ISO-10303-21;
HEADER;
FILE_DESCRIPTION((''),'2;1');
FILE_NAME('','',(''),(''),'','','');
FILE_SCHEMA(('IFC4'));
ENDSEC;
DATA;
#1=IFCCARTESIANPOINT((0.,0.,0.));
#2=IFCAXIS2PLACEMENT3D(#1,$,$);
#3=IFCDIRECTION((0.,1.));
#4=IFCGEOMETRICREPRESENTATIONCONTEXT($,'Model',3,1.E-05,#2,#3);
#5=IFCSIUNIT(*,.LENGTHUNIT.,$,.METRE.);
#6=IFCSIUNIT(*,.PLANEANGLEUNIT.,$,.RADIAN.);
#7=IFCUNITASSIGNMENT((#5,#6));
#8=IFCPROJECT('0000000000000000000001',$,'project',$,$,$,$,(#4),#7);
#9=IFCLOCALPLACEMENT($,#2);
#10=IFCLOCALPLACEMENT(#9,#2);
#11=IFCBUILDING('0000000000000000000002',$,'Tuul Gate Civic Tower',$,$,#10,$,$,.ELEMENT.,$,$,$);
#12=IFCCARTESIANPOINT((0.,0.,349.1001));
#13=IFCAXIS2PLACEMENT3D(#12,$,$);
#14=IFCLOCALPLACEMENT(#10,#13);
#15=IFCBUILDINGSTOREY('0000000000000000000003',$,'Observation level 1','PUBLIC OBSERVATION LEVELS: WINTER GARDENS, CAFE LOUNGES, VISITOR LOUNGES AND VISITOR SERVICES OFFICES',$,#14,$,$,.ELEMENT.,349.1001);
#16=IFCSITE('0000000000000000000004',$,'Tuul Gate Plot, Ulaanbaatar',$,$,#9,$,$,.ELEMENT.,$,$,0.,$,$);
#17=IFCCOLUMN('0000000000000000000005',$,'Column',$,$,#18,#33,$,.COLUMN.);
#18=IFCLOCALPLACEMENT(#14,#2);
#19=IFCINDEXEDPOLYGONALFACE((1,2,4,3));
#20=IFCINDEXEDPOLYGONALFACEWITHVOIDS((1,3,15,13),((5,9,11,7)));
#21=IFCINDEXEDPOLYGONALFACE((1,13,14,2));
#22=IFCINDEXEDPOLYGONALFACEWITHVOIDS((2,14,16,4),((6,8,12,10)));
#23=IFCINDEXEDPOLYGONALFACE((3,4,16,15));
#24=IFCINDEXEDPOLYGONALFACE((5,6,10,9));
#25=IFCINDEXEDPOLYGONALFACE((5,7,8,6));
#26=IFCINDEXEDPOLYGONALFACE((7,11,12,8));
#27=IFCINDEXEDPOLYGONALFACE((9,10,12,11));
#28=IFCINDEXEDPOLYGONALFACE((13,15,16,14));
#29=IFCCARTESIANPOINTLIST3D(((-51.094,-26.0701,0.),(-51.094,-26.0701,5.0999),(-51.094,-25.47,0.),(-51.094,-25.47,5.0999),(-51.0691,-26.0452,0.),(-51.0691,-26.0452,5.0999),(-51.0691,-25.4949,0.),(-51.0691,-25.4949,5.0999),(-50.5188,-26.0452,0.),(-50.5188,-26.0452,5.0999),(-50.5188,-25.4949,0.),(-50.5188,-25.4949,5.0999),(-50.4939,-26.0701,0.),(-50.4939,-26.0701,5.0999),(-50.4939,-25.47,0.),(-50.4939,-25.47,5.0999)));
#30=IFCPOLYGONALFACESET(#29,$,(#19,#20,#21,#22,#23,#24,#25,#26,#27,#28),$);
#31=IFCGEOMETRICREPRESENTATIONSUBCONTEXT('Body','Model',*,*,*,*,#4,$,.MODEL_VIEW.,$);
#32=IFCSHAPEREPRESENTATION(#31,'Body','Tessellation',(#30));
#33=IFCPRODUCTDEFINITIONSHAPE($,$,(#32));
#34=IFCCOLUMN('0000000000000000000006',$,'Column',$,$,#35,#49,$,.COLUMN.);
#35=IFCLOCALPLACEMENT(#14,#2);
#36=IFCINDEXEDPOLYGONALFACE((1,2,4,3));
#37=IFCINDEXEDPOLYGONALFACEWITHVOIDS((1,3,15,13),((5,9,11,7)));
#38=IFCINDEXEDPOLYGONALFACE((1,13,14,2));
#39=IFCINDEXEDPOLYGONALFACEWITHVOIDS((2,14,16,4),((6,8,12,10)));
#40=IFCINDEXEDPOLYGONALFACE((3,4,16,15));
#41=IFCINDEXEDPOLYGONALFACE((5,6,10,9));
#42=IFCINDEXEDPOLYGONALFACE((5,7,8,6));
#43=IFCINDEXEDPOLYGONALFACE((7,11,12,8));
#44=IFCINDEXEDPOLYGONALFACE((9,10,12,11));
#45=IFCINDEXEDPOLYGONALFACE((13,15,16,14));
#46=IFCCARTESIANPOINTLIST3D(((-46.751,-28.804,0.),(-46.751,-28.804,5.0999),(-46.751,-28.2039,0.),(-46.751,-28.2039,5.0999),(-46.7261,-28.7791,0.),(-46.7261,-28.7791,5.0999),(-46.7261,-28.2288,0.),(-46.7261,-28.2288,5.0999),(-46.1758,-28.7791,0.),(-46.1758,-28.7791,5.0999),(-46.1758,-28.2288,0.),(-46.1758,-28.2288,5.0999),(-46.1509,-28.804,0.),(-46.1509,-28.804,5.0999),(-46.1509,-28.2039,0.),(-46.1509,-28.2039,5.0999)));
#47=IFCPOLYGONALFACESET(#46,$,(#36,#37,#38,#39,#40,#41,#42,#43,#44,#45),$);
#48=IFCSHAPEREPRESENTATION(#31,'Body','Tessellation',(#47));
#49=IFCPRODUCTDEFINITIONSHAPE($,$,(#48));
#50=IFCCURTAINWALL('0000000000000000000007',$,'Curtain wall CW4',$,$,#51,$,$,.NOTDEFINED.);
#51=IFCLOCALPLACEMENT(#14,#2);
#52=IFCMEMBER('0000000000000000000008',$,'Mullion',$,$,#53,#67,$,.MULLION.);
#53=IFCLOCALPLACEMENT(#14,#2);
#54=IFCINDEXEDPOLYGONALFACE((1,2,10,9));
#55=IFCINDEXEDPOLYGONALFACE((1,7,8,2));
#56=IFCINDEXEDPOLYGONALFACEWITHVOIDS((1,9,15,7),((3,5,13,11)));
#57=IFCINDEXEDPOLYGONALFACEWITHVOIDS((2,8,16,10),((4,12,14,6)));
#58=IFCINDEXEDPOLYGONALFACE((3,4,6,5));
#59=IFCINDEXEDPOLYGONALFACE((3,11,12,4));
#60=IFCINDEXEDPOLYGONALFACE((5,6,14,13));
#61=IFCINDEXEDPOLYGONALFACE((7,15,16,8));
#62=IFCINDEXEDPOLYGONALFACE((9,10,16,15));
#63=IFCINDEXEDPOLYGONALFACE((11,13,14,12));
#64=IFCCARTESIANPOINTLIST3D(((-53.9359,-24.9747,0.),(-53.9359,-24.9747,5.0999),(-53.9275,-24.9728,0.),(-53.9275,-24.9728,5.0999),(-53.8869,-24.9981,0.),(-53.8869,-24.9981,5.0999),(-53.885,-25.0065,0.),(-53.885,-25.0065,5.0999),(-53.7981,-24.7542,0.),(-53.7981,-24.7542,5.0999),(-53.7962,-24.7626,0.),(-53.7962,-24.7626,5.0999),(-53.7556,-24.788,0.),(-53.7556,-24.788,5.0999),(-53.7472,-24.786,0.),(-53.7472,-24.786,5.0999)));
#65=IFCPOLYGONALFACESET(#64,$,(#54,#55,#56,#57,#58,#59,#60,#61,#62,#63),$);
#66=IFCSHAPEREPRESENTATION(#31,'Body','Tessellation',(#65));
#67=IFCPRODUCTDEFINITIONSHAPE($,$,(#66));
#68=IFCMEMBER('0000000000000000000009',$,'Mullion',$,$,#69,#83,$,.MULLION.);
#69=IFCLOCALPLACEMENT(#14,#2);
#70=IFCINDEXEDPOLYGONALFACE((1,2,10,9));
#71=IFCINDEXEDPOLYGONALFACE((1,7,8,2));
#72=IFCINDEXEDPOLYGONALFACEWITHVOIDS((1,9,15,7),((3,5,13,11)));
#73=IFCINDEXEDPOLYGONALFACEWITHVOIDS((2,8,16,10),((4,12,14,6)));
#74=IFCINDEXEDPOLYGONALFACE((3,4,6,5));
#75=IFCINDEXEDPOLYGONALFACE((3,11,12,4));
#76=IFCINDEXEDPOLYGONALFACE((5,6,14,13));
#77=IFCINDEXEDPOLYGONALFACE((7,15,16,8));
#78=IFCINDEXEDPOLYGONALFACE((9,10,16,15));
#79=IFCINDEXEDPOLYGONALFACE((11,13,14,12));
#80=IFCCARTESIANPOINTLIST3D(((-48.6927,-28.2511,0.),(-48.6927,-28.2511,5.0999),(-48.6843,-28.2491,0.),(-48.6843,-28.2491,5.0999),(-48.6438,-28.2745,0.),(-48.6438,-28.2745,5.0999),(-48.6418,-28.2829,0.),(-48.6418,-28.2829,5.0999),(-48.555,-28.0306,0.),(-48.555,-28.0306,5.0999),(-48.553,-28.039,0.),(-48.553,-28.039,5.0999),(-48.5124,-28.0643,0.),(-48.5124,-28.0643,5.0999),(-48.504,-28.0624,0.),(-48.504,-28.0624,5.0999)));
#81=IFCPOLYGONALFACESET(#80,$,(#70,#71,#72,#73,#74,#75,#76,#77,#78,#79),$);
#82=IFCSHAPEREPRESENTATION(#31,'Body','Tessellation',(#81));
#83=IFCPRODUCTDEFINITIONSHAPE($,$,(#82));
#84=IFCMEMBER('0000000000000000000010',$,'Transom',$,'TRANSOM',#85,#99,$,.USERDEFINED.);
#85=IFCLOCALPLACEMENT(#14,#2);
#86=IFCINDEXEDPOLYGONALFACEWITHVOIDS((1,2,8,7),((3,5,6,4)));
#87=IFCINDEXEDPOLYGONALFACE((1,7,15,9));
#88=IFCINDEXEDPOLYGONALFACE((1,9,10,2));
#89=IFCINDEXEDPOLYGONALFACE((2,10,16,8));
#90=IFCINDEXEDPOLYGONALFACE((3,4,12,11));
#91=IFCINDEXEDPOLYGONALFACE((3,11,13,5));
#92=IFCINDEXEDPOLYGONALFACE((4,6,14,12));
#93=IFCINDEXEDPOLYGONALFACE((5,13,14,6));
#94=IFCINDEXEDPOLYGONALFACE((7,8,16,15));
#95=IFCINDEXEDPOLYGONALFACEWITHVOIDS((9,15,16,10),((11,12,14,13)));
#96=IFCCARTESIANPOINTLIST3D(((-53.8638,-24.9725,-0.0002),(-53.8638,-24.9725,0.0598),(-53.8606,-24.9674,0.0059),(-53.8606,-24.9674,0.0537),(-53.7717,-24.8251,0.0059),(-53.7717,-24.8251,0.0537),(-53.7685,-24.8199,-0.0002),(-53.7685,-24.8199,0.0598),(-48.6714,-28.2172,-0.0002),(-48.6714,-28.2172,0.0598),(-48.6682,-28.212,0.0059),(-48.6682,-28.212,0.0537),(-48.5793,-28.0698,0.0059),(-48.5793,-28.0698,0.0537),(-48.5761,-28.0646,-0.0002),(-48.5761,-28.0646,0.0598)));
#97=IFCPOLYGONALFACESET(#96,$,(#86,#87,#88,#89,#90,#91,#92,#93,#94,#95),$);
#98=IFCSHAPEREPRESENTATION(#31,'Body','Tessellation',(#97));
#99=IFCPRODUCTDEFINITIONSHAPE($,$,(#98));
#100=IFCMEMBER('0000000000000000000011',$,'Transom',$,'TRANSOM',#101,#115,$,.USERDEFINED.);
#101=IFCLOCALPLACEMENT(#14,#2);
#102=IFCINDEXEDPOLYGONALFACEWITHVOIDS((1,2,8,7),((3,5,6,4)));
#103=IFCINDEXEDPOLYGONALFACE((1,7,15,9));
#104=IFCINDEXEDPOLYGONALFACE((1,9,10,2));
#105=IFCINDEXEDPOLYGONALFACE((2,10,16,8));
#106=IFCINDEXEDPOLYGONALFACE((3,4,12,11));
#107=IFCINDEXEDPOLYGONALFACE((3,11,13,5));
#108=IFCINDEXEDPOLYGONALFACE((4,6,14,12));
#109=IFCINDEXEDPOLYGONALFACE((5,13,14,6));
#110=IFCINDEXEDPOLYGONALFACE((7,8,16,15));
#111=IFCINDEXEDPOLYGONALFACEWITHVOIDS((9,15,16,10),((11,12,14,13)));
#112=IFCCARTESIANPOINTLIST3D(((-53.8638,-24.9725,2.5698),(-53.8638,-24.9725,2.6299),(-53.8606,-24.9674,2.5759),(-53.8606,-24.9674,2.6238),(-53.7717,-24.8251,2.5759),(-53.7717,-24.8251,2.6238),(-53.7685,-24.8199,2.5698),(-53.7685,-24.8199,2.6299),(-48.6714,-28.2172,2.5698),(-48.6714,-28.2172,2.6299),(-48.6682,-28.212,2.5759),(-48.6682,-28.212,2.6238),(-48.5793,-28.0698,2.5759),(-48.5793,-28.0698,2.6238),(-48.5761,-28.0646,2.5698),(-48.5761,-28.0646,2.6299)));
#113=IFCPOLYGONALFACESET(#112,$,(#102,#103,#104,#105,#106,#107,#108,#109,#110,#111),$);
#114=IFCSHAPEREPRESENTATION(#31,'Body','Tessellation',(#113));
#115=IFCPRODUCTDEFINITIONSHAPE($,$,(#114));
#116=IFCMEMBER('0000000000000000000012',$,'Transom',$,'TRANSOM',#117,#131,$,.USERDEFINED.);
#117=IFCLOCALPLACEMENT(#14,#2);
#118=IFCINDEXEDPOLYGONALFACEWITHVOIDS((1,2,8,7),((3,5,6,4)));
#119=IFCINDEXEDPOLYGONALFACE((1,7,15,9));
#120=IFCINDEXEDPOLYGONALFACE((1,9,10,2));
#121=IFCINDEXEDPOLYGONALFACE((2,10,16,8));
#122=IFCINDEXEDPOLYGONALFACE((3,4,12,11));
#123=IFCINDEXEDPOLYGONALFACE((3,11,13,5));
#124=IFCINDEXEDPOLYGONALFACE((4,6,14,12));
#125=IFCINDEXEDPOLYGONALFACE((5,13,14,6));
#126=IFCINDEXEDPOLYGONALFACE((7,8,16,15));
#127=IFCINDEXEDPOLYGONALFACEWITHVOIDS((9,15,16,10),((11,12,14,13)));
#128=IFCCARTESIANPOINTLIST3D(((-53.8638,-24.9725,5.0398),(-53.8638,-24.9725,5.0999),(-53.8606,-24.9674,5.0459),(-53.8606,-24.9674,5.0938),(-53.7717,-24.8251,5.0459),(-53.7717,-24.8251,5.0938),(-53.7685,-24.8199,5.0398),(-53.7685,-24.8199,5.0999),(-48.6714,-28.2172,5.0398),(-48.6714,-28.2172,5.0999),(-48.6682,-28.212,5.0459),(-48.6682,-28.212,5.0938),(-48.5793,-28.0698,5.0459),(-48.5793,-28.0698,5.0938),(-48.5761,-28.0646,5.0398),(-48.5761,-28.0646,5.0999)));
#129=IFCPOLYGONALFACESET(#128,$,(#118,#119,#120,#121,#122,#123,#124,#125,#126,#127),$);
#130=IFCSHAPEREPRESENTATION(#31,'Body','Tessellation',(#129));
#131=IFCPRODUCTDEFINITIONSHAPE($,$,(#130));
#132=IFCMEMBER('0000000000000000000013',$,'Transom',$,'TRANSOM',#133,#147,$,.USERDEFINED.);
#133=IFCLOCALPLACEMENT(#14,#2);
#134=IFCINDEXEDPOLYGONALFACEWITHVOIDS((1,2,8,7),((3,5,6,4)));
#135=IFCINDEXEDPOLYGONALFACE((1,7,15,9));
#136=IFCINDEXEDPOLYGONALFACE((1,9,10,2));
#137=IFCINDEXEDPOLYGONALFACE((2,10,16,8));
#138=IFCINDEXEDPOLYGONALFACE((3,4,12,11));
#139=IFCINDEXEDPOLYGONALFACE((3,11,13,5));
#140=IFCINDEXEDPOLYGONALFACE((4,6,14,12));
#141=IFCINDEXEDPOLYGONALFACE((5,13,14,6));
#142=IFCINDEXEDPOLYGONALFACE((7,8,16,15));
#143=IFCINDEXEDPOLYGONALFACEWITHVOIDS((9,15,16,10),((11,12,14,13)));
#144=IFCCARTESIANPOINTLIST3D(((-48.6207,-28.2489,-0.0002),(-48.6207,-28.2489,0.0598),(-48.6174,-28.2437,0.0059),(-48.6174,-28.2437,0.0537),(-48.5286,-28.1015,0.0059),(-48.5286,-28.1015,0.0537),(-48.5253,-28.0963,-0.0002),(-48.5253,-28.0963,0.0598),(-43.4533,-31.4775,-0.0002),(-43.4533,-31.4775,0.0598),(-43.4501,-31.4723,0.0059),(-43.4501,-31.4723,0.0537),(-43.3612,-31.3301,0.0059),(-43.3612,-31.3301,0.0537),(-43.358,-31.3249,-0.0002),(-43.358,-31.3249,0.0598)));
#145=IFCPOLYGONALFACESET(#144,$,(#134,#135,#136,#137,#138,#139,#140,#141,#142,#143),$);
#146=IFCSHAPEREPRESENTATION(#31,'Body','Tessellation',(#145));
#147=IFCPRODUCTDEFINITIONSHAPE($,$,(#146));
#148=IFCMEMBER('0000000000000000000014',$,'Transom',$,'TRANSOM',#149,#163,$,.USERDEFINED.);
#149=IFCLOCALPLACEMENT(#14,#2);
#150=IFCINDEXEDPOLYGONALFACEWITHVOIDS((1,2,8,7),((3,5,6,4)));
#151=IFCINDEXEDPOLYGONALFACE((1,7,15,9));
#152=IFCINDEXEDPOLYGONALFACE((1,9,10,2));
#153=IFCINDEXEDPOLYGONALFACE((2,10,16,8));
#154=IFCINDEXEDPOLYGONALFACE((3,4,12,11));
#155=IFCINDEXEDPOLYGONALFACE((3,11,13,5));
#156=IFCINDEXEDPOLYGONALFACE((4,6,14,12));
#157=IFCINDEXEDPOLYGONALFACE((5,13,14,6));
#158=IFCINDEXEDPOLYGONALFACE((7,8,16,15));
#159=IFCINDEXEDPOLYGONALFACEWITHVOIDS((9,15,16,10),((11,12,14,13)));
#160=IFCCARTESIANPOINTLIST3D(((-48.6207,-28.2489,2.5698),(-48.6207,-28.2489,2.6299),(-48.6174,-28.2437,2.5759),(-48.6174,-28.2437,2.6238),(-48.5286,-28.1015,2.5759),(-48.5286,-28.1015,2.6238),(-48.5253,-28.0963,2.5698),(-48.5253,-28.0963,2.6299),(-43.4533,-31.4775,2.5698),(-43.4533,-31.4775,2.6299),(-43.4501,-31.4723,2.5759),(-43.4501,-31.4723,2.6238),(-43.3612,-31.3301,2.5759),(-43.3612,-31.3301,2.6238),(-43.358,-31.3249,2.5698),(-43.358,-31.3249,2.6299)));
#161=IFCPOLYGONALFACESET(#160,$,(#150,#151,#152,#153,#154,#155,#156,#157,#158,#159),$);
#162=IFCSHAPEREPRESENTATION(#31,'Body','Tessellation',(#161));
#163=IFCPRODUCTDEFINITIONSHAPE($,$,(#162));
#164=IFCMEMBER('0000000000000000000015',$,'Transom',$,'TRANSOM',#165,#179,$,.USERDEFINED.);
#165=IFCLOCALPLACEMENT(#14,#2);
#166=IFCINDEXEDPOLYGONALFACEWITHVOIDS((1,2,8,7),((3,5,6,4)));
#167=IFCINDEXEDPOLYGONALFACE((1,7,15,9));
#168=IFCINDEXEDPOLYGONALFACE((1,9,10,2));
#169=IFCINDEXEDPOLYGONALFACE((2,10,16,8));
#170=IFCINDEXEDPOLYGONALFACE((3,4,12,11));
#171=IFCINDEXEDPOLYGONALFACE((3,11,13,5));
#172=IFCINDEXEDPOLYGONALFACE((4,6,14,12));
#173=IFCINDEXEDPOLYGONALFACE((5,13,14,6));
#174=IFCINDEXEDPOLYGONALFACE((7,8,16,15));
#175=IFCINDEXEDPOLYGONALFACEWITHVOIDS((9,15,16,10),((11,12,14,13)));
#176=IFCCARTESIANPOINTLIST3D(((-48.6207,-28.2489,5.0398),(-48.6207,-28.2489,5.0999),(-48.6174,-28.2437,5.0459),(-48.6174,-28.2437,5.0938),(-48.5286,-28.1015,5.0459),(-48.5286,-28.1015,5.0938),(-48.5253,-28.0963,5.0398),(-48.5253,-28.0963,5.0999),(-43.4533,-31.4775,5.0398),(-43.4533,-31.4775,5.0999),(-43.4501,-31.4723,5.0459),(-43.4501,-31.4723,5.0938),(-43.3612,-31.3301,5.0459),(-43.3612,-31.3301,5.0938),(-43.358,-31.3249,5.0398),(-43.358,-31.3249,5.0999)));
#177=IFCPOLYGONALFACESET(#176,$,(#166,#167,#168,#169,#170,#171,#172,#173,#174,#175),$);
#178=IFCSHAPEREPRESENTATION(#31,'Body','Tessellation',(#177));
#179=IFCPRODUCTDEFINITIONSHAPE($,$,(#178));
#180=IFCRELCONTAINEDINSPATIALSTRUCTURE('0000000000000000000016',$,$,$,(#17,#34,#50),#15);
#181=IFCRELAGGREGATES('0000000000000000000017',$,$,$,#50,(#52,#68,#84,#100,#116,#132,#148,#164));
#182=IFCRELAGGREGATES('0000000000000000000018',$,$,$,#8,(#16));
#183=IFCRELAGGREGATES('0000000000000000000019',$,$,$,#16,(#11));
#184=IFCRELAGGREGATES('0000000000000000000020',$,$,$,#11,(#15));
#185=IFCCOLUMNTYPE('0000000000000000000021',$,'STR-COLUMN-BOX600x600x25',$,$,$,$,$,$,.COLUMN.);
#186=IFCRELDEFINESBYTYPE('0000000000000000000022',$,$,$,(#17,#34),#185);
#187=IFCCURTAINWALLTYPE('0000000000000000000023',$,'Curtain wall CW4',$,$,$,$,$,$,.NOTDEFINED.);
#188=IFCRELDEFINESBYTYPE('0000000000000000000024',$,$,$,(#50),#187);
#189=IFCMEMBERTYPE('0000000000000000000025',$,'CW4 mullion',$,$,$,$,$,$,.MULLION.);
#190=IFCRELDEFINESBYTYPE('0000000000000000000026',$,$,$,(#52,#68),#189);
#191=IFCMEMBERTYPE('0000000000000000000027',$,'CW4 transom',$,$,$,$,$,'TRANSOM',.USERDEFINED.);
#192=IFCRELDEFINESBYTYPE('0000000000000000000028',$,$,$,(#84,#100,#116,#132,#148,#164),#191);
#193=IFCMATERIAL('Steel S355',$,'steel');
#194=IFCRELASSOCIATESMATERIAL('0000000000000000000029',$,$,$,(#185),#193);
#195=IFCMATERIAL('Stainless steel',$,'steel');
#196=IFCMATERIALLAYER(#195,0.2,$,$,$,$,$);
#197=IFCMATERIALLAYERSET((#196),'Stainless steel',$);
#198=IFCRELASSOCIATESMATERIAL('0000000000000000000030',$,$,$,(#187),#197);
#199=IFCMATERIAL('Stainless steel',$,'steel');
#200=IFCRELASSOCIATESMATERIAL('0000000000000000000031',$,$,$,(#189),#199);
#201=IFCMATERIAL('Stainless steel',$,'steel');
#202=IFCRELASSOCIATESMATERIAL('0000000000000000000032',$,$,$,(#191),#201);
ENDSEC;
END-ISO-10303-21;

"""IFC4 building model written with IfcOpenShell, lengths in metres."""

from ifc_helpers import new_model, si_unit, direction, frame, origin, origin_2d, place, context, subcontext, project, spatial, hollow_rectangle, extrude, material, layer, layer_set, material_profile, profile_set, type_object, element, aggregate, save


model = new_model("IFC4")

# Units and contexts
model_context = context("Model", 3, precision=1e-05, world=origin(), true_north=direction((0.0, 1.0)))
body_context = subcontext(model_context, "Body", "Model", "MODEL_VIEW")
ifc_project = project(units=[si_unit("LENGTHUNIT", "METRE"), si_unit("PLANEANGLEUNIT", "RADIAN")], contexts=[model_context])

# Site, building, storey
site_placement = place(None, origin())
site = spatial("IfcSite", under=ifc_project, at=site_placement, Name="Tuul Gate Plot, Ulaanbaatar", CompositionType="ELEMENT", RefElevation=0.0)
building_placement = place(site_placement, origin())
building = spatial("IfcBuilding", under=site, at=building_placement, Name="Tuul Gate Civic Tower", CompositionType="ELEMENT")
storey_placement = place(building_placement, frame((0.0, 0.0, 349.1001)))
storey = spatial("IfcBuildingStorey", under=building, at=storey_placement, Name="Observation level 1", Description="PUBLIC OBSERVATION LEVELS: WINTER GARDENS, CAFE LOUNGES, VISITOR LOUNGES AND VISITOR SERVICES OFFICES", CompositionType="ELEMENT", Elevation=349.1001)

# Columns
ifc_material_1 = material(Name="Steel S355", Category="steel")
ifc_material_profile_1 = material_profile(ifc_material_1, hollow_rectangle(XDim=0.6001, YDim=0.6001, WallThickness=0.0249, at=origin_2d()), Name="BOX600x600x25")
ifc_profile_set_1 = profile_set([ifc_material_profile_1], Name="Steel S355")
column_type = type_object("IfcColumnType", Name="STR-COLUMN-BOX600x600x25", PredefinedType="COLUMN", material=ifc_profile_set_1)
for number, where, z_axis, x_axis, name in (
    (1, (-50.7939, -25.77, 0.0), (0.0, 0.0, 1.0), (1.0, 0.0, 0.0), "Column"),
    (2, (-46.4509, -28.5039, 0.0), (0.0, 0.0, 1.0), (1.0, 0.0, 0.0), "Column"),
):
    element("IfcColumn", number, at=place(storey_placement, frame(where, z_axis=z_axis, x_axis=x_axis)), inside=storey, type_object=column_type, Name=name, PredefinedType="COLUMN", context=body_context, shape_type="SweptSolid", body=[
        extrude(hollow_rectangle(XDim=0.6001, YDim=0.6001, WallThickness=0.0249, at=origin_2d()), origin(), (0.0, 0.0, 1.0), 5.0999),
    ])

# Curtain wall, members
ifc_material_2 = material(Name="Stainless steel", Category="steel")
ifc_layer_1 = layer(ifc_material_2, 0.2)
ifc_layer_set_1 = layer_set([ifc_layer_1], Name="Stainless steel")
curtain_wall_type = type_object("IfcCurtainWallType", Name="Curtain wall CW4", PredefinedType="NOTDEFINED", material=ifc_layer_set_1)
curtain_wall_placement = place(storey_placement, origin())
curtain_wall = element("IfcCurtainWall", 3, at=curtain_wall_placement, inside=storey, type_object=curtain_wall_type, Name="Curtain wall CW4", PredefinedType="NOTDEFINED")
ifc_material_3 = material(Name="Stainless steel", Category="steel")
ifc_material_profile_2 = material_profile(ifc_material_3, hollow_rectangle(XDim=0.26, YDim=0.0601, WallThickness=0.0061, at=origin_2d()), Name="CW4 mullion")
ifc_profile_set_2 = profile_set([ifc_material_profile_2], Name="Stainless steel")
member_type_1 = type_object("IfcMemberType", Name="CW4 mullion", PredefinedType="MULLION", material=ifc_profile_set_2)
member_1_placement = place(storey_placement, frame((-53.8416, -24.8804, 0.0), z_axis=(0.0, 0.0, 1.0), x_axis=(0.529912, 0.848053, 0.0)))
member_1 = element("IfcMember", 4, at=member_1_placement, type_object=member_type_1, Name="Mullion", PredefinedType="MULLION", context=body_context, shape_type="SweptSolid", body=[
    extrude(hollow_rectangle(XDim=0.26, YDim=0.0601, WallThickness=0.0061, at=origin_2d()), origin(), (0.0, 0.0, 1.0), 5.0999),
])
member_2_placement = place(storey_placement, frame((-48.5984, -28.1567, 0.0), z_axis=(0.0, 0.0, 1.0), x_axis=(0.529912, 0.848053, 0.0)))
member_2 = element("IfcMember", 5, at=member_2_placement, type_object=member_type_1, Name="Mullion", PredefinedType="MULLION", context=body_context, shape_type="SweptSolid", body=[
    extrude(hollow_rectangle(XDim=0.26, YDim=0.0601, WallThickness=0.0061, at=origin_2d()), origin(), (0.0, 0.0, 1.0), 5.0999),
])
ifc_material_4 = material(Name="Stainless steel", Category="steel")
ifc_material_profile_3 = material_profile(ifc_material_4, hollow_rectangle(XDim=0.1799, YDim=0.0601, WallThickness=0.0061, at=origin_2d()), Name="CW4 transom")
ifc_profile_set_3 = profile_set([ifc_material_profile_3], Name="Stainless steel")
member_type_2 = type_object("IfcMemberType", Name="CW4 transom", ElementType="TRANSOM", PredefinedType="USERDEFINED", material=ifc_profile_set_3)
member_3_placement = place(storey_placement, frame((-53.8162, -24.8962, 0.0298), z_axis=(0.848043, -0.529927, 0.0), x_axis=(0.529927, 0.848043, 0.0)))
member_3 = element("IfcMember", 6, at=member_3_placement, type_object=member_type_2, Name="Transom", ObjectType="TRANSOM", PredefinedType="USERDEFINED", context=body_context, shape_type="SweptSolid", body=[
    extrude(hollow_rectangle(XDim=0.1799, YDim=0.0601, WallThickness=0.0061, at=origin_2d()), origin(), (0.0, 0.0, 1.0), 6.1228),
])
member_4_placement = place(storey_placement, frame((-53.8162, -24.8962, 2.5999), z_axis=(0.848043, -0.529927, 0.0), x_axis=(0.529927, 0.848043, 0.0)))
member_4 = element("IfcMember", 7, at=member_4_placement, type_object=member_type_2, Name="Transom", ObjectType="TRANSOM", PredefinedType="USERDEFINED", context=body_context, shape_type="SweptSolid", body=[
    extrude(hollow_rectangle(XDim=0.1799, YDim=0.0601, WallThickness=0.0061, at=origin_2d()), origin(), (0.0, 0.0, 1.0), 6.1228),
])
member_5_placement = place(storey_placement, frame((-53.8162, -24.8962, 5.0698), z_axis=(0.848043, -0.529927, 0.0), x_axis=(0.529927, 0.848043, 0.0)))
member_5 = element("IfcMember", 8, at=member_5_placement, type_object=member_type_2, Name="Transom", ObjectType="TRANSOM", PredefinedType="USERDEFINED", context=body_context, shape_type="SweptSolid", body=[
    extrude(hollow_rectangle(XDim=0.1799, YDim=0.0601, WallThickness=0.0061, at=origin_2d()), origin(), (0.0, 0.0, 1.0), 6.1228),
])
member_6_placement = place(storey_placement, frame((-48.573, -28.1726, 0.0298), z_axis=(0.848073, -0.52988, 0.0), x_axis=(0.52988, 0.848073, 0.0)))
member_6 = element("IfcMember", 9, at=member_6_placement, type_object=member_type_2, Name="Transom", ObjectType="TRANSOM", PredefinedType="USERDEFINED", context=body_context, shape_type="SweptSolid", body=[
    extrude(hollow_rectangle(XDim=0.1799, YDim=0.0601, WallThickness=0.0061, at=origin_2d()), origin(), (0.0, 0.0, 1.0), 6.093),
])
member_7_placement = place(storey_placement, frame((-48.573, -28.1726, 2.5999), z_axis=(0.848073, -0.52988, 0.0), x_axis=(0.52988, 0.848073, 0.0)))
member_7 = element("IfcMember", 10, at=member_7_placement, type_object=member_type_2, Name="Transom", ObjectType="TRANSOM", PredefinedType="USERDEFINED", context=body_context, shape_type="SweptSolid", body=[
    extrude(hollow_rectangle(XDim=0.1799, YDim=0.0601, WallThickness=0.0061, at=origin_2d()), origin(), (0.0, 0.0, 1.0), 6.093),
])
member_8_placement = place(storey_placement, frame((-48.573, -28.1726, 5.0698), z_axis=(0.848073, -0.52988, 0.0), x_axis=(0.52988, 0.848073, 0.0)))
member_8 = element("IfcMember", 11, at=member_8_placement, type_object=member_type_2, Name="Transom", ObjectType="TRANSOM", PredefinedType="USERDEFINED", context=body_context, shape_type="SweptSolid", body=[
    extrude(hollow_rectangle(XDim=0.1799, YDim=0.0601, WallThickness=0.0061, at=origin_2d()), origin(), (0.0, 0.0, 1.0), 6.093),
])

aggregate(curtain_wall, [member_1, member_2, member_3, member_4, member_5, member_6, member_7, member_8])

save(model, "model.ifc")
